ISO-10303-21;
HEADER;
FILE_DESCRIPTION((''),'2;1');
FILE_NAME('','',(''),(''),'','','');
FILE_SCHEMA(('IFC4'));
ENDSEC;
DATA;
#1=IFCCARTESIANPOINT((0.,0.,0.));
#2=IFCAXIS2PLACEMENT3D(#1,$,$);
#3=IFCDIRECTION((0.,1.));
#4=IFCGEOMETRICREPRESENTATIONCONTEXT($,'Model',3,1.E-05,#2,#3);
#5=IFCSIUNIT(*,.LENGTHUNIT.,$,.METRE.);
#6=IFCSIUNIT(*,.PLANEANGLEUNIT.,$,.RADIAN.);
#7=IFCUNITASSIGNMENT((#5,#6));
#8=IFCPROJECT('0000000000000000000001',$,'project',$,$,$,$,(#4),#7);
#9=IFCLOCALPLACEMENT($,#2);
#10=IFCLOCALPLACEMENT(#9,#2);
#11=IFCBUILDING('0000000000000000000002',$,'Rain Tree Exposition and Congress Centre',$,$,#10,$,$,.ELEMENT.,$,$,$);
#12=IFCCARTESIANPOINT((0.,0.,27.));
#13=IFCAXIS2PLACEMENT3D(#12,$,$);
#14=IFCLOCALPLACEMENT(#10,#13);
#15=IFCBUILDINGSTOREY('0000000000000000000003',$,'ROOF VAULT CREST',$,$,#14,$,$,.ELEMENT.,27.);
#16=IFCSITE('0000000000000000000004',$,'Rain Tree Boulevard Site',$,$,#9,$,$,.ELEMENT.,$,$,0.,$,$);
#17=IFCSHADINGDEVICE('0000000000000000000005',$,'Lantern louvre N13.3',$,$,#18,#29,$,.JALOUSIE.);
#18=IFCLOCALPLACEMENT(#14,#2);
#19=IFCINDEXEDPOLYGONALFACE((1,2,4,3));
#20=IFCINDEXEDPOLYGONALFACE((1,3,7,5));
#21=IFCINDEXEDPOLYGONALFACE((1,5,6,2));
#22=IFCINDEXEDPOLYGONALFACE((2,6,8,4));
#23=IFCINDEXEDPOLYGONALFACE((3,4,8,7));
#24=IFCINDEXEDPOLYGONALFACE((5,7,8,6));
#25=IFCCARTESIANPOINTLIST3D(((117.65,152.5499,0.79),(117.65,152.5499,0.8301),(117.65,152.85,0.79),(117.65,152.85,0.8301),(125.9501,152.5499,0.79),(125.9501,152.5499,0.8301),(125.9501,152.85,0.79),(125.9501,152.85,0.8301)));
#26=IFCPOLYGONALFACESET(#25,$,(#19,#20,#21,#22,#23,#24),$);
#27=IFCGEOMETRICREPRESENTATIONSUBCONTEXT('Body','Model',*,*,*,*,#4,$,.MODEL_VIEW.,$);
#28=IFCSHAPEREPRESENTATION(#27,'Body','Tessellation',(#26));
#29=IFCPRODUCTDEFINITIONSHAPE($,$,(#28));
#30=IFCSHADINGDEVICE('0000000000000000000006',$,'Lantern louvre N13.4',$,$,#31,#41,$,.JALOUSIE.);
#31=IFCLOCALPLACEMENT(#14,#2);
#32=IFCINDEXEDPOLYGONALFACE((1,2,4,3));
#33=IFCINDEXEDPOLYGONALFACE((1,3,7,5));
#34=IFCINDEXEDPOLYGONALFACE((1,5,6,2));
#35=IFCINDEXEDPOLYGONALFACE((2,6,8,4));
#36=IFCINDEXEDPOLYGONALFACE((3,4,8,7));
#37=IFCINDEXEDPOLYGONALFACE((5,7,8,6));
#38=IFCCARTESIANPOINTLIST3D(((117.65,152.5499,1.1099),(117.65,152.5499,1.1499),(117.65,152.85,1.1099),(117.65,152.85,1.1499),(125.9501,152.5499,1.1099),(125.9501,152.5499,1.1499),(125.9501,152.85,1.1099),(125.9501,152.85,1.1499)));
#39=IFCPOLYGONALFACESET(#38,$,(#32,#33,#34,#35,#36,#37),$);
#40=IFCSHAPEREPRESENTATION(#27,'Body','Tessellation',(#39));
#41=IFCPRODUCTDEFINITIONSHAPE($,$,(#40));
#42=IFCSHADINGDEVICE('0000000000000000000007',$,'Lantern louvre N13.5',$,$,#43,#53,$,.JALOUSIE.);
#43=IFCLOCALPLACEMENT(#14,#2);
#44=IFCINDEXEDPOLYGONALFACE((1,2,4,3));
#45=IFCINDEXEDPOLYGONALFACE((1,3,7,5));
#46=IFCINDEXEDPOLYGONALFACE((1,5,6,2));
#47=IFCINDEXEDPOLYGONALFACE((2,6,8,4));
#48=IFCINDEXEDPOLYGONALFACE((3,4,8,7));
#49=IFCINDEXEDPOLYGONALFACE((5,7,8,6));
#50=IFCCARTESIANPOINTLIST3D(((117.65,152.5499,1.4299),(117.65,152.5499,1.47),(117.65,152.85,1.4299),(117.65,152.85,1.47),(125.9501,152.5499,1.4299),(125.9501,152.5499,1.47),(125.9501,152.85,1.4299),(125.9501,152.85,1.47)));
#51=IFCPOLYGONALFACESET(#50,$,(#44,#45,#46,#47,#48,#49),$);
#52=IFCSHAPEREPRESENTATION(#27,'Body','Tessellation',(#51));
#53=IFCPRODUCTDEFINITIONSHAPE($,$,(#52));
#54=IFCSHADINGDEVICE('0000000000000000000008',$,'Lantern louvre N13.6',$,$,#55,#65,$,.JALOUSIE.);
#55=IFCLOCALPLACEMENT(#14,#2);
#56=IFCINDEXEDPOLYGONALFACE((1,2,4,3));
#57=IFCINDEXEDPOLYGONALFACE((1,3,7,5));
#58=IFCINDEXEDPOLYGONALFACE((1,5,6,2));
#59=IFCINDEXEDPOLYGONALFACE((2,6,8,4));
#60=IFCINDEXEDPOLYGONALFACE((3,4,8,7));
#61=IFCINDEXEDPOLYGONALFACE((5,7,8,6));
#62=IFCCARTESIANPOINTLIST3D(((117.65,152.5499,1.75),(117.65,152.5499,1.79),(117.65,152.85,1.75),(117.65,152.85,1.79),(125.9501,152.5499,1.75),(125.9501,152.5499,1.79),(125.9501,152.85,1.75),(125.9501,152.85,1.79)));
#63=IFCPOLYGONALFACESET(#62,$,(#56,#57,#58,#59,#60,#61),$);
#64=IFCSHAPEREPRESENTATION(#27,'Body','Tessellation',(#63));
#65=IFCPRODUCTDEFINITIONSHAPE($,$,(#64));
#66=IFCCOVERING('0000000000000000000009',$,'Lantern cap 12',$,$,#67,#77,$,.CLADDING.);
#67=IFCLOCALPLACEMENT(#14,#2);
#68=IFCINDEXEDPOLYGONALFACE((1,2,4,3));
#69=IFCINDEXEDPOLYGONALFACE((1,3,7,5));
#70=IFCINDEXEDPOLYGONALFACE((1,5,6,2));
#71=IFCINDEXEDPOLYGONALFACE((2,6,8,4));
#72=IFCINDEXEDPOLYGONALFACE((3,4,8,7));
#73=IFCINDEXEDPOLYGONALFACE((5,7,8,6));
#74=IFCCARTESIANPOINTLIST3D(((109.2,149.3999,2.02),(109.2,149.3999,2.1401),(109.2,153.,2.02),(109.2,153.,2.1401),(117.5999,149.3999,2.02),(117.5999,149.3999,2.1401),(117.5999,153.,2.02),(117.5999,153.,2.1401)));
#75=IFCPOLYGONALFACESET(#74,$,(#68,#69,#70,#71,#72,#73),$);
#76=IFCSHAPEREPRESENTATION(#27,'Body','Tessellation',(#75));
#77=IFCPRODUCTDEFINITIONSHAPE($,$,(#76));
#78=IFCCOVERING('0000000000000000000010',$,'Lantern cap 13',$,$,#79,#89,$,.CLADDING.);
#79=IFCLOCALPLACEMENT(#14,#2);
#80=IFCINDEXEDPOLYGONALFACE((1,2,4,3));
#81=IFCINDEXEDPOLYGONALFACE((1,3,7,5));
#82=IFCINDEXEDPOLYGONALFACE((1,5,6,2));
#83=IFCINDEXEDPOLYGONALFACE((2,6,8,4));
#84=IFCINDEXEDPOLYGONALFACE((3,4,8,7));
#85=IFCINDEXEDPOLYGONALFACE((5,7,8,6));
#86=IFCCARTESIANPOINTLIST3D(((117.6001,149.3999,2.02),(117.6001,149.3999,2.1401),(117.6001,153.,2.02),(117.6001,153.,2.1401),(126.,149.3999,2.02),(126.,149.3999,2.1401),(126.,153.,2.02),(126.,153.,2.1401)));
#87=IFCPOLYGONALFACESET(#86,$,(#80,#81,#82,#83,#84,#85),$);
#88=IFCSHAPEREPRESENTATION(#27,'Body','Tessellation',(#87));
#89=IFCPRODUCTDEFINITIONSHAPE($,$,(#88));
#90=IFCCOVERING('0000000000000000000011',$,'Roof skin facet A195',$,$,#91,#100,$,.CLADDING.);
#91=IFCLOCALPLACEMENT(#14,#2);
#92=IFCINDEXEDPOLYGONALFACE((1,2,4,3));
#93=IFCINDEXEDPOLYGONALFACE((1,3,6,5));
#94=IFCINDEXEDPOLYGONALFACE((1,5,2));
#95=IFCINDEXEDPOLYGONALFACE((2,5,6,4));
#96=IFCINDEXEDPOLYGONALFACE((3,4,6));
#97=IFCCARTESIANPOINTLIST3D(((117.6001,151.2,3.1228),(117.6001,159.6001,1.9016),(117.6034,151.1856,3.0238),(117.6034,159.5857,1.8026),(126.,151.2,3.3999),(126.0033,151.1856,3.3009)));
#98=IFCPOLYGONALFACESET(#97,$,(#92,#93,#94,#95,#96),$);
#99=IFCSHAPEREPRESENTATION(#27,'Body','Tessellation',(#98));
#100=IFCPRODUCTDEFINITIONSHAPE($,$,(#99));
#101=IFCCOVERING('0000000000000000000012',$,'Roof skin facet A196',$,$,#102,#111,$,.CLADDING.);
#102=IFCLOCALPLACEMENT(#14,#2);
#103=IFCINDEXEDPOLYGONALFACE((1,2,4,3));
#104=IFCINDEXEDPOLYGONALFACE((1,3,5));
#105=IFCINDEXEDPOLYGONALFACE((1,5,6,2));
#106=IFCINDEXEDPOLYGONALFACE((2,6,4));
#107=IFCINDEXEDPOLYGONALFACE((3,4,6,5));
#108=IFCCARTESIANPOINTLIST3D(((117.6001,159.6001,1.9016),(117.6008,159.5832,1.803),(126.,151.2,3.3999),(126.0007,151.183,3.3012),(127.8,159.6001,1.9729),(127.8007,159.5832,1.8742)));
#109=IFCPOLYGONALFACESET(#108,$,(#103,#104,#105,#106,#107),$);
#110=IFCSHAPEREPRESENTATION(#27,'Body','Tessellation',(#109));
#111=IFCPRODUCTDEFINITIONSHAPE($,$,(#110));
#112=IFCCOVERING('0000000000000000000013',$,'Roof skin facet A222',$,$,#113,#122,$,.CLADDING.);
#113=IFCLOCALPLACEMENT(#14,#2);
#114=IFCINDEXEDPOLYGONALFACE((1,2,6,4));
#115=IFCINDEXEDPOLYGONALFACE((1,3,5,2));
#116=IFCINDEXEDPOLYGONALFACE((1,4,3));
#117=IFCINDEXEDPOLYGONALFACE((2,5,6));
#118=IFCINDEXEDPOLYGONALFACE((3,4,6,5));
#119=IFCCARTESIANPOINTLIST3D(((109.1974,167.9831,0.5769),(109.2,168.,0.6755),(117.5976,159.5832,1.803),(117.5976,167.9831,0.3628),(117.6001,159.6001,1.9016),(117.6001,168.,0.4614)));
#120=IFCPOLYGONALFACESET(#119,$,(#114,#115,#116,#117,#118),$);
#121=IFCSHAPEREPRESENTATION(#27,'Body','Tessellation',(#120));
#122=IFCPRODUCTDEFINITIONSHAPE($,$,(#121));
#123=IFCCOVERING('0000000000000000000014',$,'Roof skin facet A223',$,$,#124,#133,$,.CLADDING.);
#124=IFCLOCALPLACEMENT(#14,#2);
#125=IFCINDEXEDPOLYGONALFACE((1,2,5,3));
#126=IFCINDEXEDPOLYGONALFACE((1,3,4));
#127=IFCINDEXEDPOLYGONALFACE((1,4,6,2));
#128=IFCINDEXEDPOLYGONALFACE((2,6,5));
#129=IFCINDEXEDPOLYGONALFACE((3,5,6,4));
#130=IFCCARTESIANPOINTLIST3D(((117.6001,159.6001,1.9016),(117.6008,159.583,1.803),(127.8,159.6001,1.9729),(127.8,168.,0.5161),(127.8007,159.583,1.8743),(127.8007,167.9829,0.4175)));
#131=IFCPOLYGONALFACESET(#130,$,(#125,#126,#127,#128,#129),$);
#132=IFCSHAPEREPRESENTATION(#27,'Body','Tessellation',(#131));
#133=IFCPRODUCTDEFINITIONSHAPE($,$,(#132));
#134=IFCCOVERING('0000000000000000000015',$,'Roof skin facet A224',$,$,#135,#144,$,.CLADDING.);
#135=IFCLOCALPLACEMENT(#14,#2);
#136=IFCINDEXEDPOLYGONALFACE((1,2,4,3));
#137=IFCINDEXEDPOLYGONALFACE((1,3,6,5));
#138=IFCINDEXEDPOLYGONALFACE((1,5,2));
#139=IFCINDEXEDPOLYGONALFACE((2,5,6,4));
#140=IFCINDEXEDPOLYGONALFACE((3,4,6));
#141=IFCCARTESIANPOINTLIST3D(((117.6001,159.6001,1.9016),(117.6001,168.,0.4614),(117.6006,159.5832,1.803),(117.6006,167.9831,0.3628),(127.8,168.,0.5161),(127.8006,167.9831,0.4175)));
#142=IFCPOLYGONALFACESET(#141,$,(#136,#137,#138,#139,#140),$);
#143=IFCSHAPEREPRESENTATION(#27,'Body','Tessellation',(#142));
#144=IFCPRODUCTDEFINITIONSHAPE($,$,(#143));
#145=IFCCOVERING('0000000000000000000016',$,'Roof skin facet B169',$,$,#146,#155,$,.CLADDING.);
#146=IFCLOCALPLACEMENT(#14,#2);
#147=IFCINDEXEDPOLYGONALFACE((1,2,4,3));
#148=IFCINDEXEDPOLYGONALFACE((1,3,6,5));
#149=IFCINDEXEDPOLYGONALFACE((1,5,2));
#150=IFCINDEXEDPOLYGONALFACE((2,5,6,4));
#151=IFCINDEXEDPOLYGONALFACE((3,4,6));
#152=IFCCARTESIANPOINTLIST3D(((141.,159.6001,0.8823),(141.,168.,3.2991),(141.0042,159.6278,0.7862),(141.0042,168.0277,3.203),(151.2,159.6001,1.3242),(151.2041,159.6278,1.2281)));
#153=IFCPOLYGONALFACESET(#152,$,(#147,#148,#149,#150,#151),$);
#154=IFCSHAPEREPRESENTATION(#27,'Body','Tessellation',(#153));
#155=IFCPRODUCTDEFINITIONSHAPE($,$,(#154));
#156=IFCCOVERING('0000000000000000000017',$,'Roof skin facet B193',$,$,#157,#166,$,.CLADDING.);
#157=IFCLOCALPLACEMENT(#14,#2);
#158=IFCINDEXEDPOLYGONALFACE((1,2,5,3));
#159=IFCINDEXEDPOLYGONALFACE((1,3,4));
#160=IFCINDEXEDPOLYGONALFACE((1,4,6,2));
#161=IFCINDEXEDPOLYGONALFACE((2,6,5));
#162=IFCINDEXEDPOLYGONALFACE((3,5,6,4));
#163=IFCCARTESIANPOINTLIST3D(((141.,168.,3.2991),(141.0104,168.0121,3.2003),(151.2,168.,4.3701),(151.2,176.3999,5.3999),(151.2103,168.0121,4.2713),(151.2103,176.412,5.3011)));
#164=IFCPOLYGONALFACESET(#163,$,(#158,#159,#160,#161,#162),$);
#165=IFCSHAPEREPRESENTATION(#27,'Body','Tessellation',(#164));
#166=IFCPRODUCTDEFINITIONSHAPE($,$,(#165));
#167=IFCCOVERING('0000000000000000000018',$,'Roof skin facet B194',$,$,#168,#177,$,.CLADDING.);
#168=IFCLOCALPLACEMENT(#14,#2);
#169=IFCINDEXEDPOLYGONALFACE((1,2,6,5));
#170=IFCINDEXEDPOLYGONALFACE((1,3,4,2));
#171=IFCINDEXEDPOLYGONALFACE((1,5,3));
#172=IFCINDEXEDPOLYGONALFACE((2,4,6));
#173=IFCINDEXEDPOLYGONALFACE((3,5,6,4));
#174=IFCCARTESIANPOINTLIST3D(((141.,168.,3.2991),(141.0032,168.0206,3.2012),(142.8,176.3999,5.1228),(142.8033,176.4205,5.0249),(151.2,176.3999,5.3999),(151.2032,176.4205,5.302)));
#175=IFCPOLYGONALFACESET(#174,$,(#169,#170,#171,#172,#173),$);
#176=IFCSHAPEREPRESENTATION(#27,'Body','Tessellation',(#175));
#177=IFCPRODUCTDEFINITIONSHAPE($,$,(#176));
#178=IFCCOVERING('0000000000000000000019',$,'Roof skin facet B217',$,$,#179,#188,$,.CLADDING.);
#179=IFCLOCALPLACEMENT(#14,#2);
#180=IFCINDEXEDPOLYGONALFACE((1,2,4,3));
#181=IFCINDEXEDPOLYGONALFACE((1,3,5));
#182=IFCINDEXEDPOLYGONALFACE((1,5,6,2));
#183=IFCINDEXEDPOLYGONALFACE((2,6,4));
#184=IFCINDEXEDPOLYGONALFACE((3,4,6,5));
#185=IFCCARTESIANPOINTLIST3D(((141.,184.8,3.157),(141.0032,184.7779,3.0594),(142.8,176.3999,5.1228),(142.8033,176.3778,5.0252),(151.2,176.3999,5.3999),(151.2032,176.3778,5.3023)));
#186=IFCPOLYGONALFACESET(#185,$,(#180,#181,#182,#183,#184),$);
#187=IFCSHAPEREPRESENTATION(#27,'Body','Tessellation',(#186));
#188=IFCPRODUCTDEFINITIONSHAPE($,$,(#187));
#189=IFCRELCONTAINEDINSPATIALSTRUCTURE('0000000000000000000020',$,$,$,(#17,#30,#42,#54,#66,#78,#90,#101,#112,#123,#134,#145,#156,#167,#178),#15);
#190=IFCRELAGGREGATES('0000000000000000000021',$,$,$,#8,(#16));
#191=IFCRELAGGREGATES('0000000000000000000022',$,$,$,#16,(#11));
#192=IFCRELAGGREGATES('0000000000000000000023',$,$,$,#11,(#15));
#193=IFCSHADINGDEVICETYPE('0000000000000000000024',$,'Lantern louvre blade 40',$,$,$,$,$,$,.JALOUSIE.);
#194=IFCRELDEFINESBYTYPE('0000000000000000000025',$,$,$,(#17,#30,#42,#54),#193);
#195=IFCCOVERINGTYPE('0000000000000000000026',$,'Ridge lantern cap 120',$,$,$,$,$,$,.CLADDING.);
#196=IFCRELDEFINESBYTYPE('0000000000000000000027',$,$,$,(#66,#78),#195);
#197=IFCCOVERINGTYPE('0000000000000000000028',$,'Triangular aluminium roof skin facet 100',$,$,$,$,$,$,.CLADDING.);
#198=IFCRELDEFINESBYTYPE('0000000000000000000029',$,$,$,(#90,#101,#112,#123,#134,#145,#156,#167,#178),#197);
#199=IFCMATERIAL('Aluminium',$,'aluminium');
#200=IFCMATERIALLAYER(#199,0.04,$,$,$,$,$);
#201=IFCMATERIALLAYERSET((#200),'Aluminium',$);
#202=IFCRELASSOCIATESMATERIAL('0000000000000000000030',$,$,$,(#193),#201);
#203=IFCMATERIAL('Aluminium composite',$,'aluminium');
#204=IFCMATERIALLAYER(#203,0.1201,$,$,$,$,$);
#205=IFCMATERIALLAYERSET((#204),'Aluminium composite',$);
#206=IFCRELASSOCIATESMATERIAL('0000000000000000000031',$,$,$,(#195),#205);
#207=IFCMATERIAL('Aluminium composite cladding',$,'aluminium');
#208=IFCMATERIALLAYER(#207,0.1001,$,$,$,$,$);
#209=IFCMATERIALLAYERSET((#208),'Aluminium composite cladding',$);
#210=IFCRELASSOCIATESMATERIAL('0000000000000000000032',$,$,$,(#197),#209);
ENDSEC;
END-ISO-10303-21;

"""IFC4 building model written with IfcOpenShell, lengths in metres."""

from ifc_helpers import new_model, si_unit, direction, frame, origin, origin_2d, place, context, subcontext, project, spatial, polyline, rectangle, outline, extrude, material, layer, layer_set, type_object, element, save


model = new_model("IFC4")

# Units and contexts
model_context = context("Model", 3, precision=1e-05, world=origin(), true_north=direction((0.0, 1.0)))
body_context = subcontext(model_context, "Body", "Model", "MODEL_VIEW")
ifc_project = project(units=[si_unit("LENGTHUNIT", "METRE"), si_unit("PLANEANGLEUNIT", "RADIAN")], contexts=[model_context])

# Site, building, storey
site_placement = place(None, origin())
site = spatial("IfcSite", under=ifc_project, at=site_placement, Name="Rain Tree Boulevard Site", CompositionType="ELEMENT", RefElevation=0.0)
building_placement = place(site_placement, origin())
building = spatial("IfcBuilding", under=site, at=building_placement, Name="Rain Tree Exposition and Congress Centre", CompositionType="ELEMENT")
storey_placement = place(building_placement, frame((0.0, 0.0, 27.0)))
storey = spatial("IfcBuildingStorey", under=building, at=storey_placement, Name="ROOF VAULT CREST", CompositionType="ELEMENT", Elevation=27.0)

# Shading devices
ifc_material_1 = material(Name="Aluminium", Category="aluminium")
ifc_layer_1 = layer(ifc_material_1, 0.04)
ifc_layer_set_1 = layer_set([ifc_layer_1], Name="Aluminium")
shading_device_type = type_object("IfcShadingDeviceType", Name="Lantern louvre blade 40", PredefinedType="JALOUSIE", material=ifc_layer_set_1)
for number, where, z_axis, x_axis, name in (
    (1, (121.8, 152.7, 0.79), (0.0, 0.0, 1.0), (1.0, 0.0, 0.0), "Lantern louvre N13.3"),
    (2, (121.8, 152.7, 1.1099), (0.0, 0.0, 1.0), (1.0, 0.0, 0.0), "Lantern louvre N13.4"),
    (3, (121.8, 152.7, 1.4299), (0.0, 0.0, 1.0), (1.0, 0.0, 0.0), "Lantern louvre N13.5"),
    (4, (121.8, 152.7, 1.75), (0.0, 0.0, 1.0), (1.0, 0.0, 0.0), "Lantern louvre N13.6"),
):
    element("IfcShadingDevice", number, at=place(storey_placement, frame(where, z_axis=z_axis, x_axis=x_axis)), inside=storey, type_object=shading_device_type, Name=name, PredefinedType="JALOUSIE", context=body_context, shape_type="SweptSolid", body=[
        extrude(rectangle(XDim=8.3, YDim=0.3, at=origin_2d()), origin(), (0.0, 0.0, 1.0), 0.04),
    ])

# Coverings
ifc_material_2 = material(Name="Aluminium composite", Category="aluminium")
ifc_layer_2 = layer(ifc_material_2, 0.1201)
ifc_layer_set_2 = layer_set([ifc_layer_2], Name="Aluminium composite")
covering_type_1 = type_object("IfcCoveringType", Name="Ridge lantern cap 120", PredefinedType="CLADDING", material=ifc_layer_set_2)
for number, where, z_axis, x_axis, name in (
    (5, (113.3999, 151.2, 2.02), (0.0, 0.0, 1.0), (1.0, 0.0, 0.0), "Lantern cap 12"),
    (6, (121.8, 151.2, 2.02), (0.0, 0.0, 1.0), (1.0, 0.0, 0.0), "Lantern cap 13"),
):
    element("IfcCovering", number, at=place(storey_placement, frame(where, z_axis=z_axis, x_axis=x_axis)), inside=storey, type_object=covering_type_1, Name=name, PredefinedType="CLADDING", context=body_context, shape_type="SweptSolid", body=[
        extrude(rectangle(XDim=8.3999, YDim=3.6001, at=origin_2d()), origin(), (0.0, 0.0, 1.0), 0.1201),
    ])
ifc_material_3 = material(Name="Aluminium composite cladding", Category="aluminium")
ifc_layer_3 = layer(ifc_material_3, 0.1001)
ifc_layer_set_3 = layer_set([ifc_layer_3], Name="Aluminium composite cladding")
covering_type_2 = type_object("IfcCoveringType", Name="Triangular aluminium roof skin facet 100", PredefinedType="CLADDING", material=ifc_layer_set_3)
covering_1_placement = place(storey_placement, frame((117.6001, 151.2, 3.1228), z_axis=(-0.032628, 0.143788, 0.98907), x_axis=(0.999456, 0.0, 0.03297)))
element("IfcCovering", 7, at=covering_1_placement, inside=storey, type_object=covering_type_2, Name="Roof skin facet A195", PredefinedType="CLADDING", context=body_context, shape_type="SweptSolid", body=[
    extrude(outline(polyline([(0.0, 0.0), (8.4045, 0.0), (-0.0403, 8.4884), (0.0, 0.0)])), origin(), (0.0, 0.0, -1.0), 0.1001),
])
covering_2_placement = place(storey_placement, frame((126.0, 151.2, 3.3999), z_axis=(-0.006889, 0.168909, 0.985608), x_axis=(0.206699, 0.964585, -0.163862)))
element("IfcCovering", 8, at=covering_2_placement, inside=storey, type_object=covering_type_2, Name="Roof skin facet A196", PredefinedType="CLADDING", context=body_context, shape_type="SweptSolid", body=[
    extrude(outline(polyline([(0.0, 0.0), (8.7086, 0.0), (6.6119, 9.9824), (0.0, 0.0)])), origin(), (0.0, 0.0, -1.0), 0.1001),
])
covering_3_placement = place(storey_placement, frame((117.6001, 159.6001, 1.9016), z_axis=(0.025115, 0.168934, 0.985307), x_axis=(0.0, 0.985618, -0.168987)))
element("IfcCovering", 9, at=covering_3_placement, inside=storey, type_object=covering_type_2, Name="Roof skin facet A222", PredefinedType="CLADDING", context=body_context, shape_type="SweptSolid", body=[
    extrude(outline(polyline([(0.0, 0.0), (8.5225, 0.0), (8.4863, 8.4028), (0.0, 0.0)])), origin(), (0.0, 0.0, -1.0), 0.1001),
])
covering_4_placement = place(storey_placement, frame((117.6001, 159.6001, 1.9016), z_axis=(-0.006886, 0.170874, 0.985269), x_axis=(0.999976, 0.0, 0.006989)))
element("IfcCovering", 10, at=covering_4_placement, inside=storey, type_object=covering_type_2, Name="Roof skin facet A223", PredefinedType="CLADDING", context=body_context, shape_type="SweptSolid", body=[
    extrude(outline(polyline([(0.0, 0.0), (10.2002, 0.0), (10.19, 8.5253), (0.0, 0.0)])), origin(), (0.0, 0.0, -1.0), 0.1001),
])
covering_5_placement = place(storey_placement, frame((117.6001, 159.6001, 1.9016), z_axis=(-0.005284, 0.168985, 0.985605), x_axis=(0.767724, 0.632239, -0.104283)))
element("IfcCovering", 11, at=covering_5_placement, inside=storey, type_object=covering_type_2, Name="Roof skin facet A224", PredefinedType="CLADDING", context=body_context, shape_type="SweptSolid", body=[
    extrude(outline(polyline([(0.0, 0.0), (13.286, 0.0), (5.4609, 6.543), (0.0, 0.0)])), origin(), (0.0, 0.0, -1.0), 0.1001),
])
covering_6_placement = place(storey_placement, frame((141.0, 159.6001, 0.8823), z_axis=(-0.041598, -0.276256, 0.960183), x_axis=(0.999063, 0.0, 0.043283)))
element("IfcCovering", 12, at=covering_6_placement, inside=storey, type_object=covering_type_2, Name="Roof skin facet B169", PredefinedType="CLADDING", context=body_context, shape_type="SweptSolid", body=[
    extrude(outline(polyline([(0.0, 0.0), (10.2095, 0.0), (0.1046, 8.74), (0.0, 0.0)])), origin(), (0.0, 0.0, -1.0), 0.1001),
])
covering_7_placement = place(storey_placement, frame((141.0, 168.0, 3.2991), z_axis=(-0.103663, -0.121028, 0.987221), x_axis=(0.994532, 0.0, 0.104431)))
element("IfcCovering", 13, at=covering_7_placement, inside=storey, type_object=covering_type_2, Name="Roof skin facet B193", PredefinedType="CLADDING", context=body_context, shape_type="SweptSolid", body=[
    extrude(outline(polyline([(0.0, 0.0), (10.256, 0.0), (10.3636, 8.4621), (0.0, 0.0)])), origin(), (0.0, 0.0, -1.0), 0.1001),
])
covering_8_placement = place(storey_placement, frame((141.0, 168.0, 3.2991), z_axis=(-0.032267, -0.205452, 0.978135), x_axis=(0.762357, 0.627819, 0.157019)))
element("IfcCovering", 14, at=covering_8_placement, inside=storey, type_object=covering_type_2, Name="Roof skin facet B194", PredefinedType="CLADDING", context=body_context, shape_type="SweptSolid", body=[
    extrude(outline(polyline([(0.0, 0.0), (13.3795, 0.0), (6.9323, 5.3915), (0.0, 0.0)])), origin(), (0.0, 0.0, -1.0), 0.1001),
])
covering_9_placement = place(storey_placement, frame((142.8, 176.3999, 5.1228), z_axis=(-0.032154, 0.22121, 0.974696), x_axis=(0.999456, 0.0, 0.03297)))
element("IfcCovering", 15, at=covering_9_placement, inside=storey, type_object=covering_type_2, Name="Roof skin facet B217", PredefinedType="CLADDING", context=body_context, shape_type="SweptSolid", body=[
    extrude(outline(polyline([(0.0, 0.0), (8.4045, 0.0), (-1.8639, 8.6135), (0.0, 0.0)])), origin(), (0.0, 0.0, -1.0), 0.1001),
])

save(model, "model.ifc")
